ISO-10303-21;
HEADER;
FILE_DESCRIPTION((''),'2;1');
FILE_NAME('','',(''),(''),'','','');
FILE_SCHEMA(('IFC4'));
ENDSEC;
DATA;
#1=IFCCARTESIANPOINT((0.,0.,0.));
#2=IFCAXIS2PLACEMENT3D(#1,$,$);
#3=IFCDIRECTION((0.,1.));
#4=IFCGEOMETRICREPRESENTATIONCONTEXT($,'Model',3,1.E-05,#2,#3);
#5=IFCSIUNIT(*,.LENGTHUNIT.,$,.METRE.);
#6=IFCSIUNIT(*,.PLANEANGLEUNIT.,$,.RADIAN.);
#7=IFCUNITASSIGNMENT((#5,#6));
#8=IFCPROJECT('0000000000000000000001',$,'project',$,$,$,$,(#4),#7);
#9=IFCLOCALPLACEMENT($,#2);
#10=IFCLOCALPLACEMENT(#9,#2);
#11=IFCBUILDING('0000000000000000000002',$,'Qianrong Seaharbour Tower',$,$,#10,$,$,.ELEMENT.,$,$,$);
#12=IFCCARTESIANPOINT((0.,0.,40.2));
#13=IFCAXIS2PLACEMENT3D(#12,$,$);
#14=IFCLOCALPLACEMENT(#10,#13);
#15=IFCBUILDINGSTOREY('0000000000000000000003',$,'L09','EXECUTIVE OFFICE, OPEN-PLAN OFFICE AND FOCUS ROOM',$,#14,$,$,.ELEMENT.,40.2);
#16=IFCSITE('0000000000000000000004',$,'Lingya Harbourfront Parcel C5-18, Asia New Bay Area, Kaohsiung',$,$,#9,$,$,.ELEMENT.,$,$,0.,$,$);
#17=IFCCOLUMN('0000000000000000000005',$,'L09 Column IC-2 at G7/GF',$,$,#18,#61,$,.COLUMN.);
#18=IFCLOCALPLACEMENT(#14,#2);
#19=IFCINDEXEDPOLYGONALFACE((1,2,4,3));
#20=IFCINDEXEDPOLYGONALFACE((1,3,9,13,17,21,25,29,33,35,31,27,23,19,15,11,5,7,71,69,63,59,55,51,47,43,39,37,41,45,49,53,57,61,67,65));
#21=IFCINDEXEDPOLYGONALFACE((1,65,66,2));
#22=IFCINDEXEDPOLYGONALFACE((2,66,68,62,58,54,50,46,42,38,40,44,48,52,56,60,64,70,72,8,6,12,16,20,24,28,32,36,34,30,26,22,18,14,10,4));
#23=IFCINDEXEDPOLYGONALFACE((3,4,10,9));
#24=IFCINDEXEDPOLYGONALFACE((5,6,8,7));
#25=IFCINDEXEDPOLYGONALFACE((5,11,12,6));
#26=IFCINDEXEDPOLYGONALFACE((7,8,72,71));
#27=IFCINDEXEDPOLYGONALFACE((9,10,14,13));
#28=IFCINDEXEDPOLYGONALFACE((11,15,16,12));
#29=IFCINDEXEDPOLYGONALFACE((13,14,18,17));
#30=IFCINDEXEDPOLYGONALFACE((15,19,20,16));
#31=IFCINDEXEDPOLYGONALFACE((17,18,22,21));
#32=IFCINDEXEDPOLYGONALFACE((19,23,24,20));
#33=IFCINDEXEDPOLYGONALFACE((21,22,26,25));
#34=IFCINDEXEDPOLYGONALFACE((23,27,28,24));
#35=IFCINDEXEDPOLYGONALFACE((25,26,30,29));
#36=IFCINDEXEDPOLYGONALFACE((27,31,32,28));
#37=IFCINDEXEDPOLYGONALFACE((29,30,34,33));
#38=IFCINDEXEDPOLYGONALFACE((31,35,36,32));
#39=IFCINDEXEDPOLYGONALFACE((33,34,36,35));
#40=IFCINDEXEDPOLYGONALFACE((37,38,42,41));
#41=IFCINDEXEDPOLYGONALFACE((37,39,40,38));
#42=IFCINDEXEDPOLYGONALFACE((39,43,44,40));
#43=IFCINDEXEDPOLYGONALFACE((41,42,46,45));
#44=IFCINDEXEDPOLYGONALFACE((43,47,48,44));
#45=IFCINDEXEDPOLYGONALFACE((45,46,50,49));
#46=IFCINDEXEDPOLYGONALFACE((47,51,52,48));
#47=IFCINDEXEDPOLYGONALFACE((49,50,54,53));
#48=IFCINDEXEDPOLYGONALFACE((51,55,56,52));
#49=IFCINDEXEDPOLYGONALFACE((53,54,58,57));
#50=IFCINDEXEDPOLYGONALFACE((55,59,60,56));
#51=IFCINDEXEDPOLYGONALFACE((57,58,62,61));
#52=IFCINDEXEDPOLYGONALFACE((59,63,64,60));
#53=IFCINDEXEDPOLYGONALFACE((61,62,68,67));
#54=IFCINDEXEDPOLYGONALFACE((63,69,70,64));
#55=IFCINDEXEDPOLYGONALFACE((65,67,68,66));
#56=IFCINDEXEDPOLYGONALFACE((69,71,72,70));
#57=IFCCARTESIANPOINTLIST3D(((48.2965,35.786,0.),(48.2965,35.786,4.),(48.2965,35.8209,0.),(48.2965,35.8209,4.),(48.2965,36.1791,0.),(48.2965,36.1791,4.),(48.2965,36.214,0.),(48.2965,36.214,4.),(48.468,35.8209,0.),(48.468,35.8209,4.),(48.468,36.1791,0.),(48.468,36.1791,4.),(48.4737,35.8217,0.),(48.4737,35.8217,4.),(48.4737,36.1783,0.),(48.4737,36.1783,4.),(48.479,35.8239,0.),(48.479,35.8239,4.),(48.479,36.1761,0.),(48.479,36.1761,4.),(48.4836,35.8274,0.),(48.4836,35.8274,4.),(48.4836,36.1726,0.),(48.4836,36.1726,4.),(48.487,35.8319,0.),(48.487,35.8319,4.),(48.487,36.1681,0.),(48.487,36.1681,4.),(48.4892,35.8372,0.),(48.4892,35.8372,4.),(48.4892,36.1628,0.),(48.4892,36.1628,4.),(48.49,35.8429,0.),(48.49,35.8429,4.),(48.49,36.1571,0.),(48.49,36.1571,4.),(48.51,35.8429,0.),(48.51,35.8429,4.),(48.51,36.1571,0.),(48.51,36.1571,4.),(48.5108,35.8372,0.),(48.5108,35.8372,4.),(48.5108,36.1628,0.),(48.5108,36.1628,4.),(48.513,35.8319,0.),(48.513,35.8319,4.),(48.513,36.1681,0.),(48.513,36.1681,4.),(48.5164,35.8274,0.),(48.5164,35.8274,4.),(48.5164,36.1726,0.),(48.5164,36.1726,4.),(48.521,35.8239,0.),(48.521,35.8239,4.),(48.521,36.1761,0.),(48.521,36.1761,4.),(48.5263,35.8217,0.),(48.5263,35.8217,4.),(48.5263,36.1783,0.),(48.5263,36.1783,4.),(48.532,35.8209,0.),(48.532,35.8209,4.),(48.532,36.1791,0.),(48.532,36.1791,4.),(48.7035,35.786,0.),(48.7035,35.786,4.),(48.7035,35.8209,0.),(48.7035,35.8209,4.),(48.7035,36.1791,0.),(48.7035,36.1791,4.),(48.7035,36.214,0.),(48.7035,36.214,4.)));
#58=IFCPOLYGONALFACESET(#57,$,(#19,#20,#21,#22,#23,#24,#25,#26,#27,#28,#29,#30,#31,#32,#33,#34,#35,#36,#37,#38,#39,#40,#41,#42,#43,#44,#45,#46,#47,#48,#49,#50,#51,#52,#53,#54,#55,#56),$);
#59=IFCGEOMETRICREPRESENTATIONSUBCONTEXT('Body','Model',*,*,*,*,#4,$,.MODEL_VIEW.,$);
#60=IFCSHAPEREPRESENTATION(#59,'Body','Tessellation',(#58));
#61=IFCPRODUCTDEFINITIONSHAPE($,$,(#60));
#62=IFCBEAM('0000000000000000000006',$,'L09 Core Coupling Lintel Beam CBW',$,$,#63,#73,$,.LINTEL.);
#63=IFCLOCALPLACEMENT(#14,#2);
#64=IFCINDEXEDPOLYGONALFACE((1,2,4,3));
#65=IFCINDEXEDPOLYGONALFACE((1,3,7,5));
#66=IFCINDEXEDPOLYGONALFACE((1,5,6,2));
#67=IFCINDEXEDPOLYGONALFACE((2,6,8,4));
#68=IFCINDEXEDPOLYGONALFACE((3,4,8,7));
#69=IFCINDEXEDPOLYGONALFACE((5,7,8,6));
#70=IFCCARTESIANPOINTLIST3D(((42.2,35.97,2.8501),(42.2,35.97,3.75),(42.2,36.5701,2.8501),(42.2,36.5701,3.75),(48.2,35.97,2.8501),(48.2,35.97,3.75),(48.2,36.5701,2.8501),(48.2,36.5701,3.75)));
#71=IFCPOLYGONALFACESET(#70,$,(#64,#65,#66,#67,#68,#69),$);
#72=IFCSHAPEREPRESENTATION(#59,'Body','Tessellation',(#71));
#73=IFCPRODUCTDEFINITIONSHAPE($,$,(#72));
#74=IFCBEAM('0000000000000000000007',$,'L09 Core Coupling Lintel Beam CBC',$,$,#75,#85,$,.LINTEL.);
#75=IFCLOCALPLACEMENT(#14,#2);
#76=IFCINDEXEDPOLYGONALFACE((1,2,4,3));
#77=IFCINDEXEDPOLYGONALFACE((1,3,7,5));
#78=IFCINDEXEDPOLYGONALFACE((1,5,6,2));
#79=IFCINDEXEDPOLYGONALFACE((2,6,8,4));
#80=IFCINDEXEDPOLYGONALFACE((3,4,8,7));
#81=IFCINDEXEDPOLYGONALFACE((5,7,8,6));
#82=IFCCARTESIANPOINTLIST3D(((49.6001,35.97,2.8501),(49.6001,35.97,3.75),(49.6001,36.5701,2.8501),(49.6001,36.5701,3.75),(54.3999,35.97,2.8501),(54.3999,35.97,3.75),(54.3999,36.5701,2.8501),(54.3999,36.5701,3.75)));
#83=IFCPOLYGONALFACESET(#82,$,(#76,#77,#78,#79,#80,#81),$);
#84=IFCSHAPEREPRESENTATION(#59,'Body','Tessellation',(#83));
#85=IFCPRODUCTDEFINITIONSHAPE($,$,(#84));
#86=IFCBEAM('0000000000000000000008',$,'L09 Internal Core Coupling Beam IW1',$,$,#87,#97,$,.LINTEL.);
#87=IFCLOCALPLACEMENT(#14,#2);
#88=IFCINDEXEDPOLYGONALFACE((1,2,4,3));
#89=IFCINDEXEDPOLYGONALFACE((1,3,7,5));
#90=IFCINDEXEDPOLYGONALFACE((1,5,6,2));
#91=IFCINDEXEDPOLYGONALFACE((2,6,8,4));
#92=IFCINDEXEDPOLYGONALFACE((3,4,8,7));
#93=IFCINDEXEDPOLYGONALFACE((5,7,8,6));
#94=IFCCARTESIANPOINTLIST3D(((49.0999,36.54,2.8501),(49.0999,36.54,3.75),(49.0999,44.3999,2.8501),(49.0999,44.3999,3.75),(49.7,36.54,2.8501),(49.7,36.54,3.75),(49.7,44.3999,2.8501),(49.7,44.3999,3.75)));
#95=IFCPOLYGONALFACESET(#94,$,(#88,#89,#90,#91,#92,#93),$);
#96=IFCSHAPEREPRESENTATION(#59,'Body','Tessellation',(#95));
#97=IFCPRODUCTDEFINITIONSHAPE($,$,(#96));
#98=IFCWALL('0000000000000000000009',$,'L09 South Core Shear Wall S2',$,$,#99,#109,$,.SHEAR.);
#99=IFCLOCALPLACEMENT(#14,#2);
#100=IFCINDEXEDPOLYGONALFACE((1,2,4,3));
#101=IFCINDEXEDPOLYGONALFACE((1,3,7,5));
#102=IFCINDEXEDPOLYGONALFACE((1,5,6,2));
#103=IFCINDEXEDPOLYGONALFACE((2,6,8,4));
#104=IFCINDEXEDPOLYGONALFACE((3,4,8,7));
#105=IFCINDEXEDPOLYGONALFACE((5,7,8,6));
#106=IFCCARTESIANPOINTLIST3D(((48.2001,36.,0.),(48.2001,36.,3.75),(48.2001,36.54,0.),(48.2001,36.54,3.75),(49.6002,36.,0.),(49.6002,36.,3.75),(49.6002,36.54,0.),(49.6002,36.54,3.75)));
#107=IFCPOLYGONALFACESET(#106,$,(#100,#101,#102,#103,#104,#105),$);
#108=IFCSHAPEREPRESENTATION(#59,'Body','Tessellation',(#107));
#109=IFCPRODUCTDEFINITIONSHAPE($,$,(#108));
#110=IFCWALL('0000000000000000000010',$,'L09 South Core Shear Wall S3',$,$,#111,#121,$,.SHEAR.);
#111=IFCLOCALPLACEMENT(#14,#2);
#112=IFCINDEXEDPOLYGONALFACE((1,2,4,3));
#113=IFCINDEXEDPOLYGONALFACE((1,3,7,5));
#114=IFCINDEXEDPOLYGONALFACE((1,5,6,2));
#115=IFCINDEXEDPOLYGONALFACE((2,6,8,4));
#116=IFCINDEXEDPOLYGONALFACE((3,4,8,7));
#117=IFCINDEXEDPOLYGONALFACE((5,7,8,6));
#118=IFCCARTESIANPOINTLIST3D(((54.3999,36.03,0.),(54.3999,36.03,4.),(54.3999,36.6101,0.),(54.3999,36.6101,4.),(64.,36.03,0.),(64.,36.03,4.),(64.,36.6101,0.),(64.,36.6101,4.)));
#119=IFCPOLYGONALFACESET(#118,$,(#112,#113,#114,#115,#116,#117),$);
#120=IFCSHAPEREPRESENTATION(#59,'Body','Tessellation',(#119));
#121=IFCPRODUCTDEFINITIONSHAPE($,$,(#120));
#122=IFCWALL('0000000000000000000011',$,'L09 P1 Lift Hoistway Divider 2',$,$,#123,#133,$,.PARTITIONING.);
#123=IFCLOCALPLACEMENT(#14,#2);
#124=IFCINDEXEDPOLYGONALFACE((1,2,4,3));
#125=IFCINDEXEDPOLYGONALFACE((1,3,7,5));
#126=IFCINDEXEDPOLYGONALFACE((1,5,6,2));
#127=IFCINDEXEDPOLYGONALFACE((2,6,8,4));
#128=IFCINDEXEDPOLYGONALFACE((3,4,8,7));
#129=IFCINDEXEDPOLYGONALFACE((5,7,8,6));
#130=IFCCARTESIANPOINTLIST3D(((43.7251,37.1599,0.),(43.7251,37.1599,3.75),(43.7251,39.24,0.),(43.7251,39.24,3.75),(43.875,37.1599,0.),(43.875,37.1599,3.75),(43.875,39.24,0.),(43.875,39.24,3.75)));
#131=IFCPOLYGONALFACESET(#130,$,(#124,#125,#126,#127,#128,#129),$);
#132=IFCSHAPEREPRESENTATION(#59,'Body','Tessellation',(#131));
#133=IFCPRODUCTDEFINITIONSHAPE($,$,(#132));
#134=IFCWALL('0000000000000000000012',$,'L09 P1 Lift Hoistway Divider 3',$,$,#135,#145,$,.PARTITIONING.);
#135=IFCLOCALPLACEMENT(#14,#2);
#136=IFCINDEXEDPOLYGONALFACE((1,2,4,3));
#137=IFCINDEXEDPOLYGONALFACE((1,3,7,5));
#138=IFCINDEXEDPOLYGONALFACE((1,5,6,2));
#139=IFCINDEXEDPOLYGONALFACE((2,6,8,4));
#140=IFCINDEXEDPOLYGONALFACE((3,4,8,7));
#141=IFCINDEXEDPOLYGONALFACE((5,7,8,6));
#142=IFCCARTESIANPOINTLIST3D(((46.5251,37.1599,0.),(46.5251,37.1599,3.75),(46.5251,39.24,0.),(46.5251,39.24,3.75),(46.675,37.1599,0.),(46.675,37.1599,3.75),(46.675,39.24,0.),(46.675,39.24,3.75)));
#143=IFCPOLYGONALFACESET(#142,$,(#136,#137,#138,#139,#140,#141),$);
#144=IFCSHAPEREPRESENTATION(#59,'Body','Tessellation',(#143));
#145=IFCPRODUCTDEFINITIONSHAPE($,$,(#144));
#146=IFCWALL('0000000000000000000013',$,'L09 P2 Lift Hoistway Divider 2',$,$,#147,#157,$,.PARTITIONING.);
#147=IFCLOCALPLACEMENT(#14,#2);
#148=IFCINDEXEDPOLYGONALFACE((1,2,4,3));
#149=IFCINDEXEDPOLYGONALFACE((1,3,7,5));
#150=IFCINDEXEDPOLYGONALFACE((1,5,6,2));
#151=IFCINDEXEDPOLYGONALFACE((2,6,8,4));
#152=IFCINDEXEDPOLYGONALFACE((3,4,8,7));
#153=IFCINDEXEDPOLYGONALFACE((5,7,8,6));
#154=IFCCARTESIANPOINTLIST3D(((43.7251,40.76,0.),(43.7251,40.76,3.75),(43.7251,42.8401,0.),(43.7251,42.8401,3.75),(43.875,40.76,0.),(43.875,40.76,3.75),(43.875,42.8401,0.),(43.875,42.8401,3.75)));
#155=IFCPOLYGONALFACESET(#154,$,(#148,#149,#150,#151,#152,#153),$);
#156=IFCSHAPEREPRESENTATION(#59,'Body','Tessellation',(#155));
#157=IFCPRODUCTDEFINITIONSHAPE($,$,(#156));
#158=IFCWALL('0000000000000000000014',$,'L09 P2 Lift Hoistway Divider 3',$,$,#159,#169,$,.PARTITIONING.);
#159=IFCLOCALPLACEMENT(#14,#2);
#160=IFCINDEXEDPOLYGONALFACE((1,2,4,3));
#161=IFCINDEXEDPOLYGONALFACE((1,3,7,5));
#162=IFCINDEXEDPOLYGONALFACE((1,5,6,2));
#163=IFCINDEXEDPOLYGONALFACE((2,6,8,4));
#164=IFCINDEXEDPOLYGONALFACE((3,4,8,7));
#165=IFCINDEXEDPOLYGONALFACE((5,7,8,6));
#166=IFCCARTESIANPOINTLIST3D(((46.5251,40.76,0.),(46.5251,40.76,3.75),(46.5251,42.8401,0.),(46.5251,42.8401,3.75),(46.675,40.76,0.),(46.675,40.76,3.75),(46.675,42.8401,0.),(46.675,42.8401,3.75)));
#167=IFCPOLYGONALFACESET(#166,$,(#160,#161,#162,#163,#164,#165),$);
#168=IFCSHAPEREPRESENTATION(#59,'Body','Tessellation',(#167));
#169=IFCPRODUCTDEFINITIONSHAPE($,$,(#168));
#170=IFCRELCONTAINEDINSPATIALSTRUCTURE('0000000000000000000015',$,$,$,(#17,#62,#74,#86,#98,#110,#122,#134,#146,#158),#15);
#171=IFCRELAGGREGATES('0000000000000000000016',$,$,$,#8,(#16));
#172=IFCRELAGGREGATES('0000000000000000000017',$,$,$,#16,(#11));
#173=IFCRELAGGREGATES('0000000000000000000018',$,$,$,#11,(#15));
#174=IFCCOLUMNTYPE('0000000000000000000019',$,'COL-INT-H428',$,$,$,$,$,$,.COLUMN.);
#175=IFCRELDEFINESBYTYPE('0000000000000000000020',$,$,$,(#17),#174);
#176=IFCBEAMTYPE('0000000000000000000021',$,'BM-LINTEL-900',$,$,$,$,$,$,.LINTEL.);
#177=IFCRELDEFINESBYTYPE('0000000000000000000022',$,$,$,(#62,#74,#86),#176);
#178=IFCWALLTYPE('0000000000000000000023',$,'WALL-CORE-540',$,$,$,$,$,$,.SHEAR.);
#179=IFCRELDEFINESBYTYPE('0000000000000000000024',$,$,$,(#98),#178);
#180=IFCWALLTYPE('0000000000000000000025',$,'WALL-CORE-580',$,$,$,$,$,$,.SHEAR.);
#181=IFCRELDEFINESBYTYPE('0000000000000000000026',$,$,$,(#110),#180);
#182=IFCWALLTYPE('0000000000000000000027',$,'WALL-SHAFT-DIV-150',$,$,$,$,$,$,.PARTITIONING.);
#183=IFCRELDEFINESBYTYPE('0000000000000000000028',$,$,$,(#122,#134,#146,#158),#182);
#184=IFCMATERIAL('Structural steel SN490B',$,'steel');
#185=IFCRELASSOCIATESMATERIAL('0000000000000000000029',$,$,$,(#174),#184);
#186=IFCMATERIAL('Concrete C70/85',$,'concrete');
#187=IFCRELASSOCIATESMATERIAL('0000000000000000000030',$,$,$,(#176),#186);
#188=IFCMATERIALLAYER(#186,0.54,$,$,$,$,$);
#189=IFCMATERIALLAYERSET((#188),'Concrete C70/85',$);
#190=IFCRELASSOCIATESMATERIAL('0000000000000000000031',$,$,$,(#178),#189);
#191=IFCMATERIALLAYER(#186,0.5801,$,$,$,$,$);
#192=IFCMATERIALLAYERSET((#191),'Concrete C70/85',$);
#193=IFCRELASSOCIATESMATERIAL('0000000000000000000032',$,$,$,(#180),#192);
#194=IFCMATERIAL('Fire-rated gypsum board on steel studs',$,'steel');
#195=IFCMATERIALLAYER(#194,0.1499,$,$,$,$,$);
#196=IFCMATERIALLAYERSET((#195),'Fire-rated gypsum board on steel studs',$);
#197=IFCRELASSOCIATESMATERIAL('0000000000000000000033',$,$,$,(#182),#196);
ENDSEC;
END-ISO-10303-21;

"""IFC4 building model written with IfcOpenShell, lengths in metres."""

from ifc_helpers import new_model, si_unit, direction, frame, frame_2d, origin, origin_2d, place, context, subcontext, project, spatial, rectangle, i_section, extrude, material, layer, layer_set, material_profile, profile_set, type_object, element, save


model = new_model("IFC4")

# Units and contexts
model_context = context("Model", 3, precision=1e-05, world=origin(), true_north=direction((0.0, 1.0)))
body_context = subcontext(model_context, "Body", "Model", "MODEL_VIEW")
ifc_project = project(units=[si_unit("LENGTHUNIT", "METRE"), si_unit("PLANEANGLEUNIT", "RADIAN")], contexts=[model_context])

# Site, building, storey
site_placement = place(None, origin())
site = spatial("IfcSite", under=ifc_project, at=site_placement, Name="Lingya Harbourfront Parcel C5-18, Asia New Bay Area, Kaohsiung", CompositionType="ELEMENT", RefElevation=0.0)
building_placement = place(site_placement, origin())
building = spatial("IfcBuilding", under=site, at=building_placement, Name="Qianrong Seaharbour Tower", CompositionType="ELEMENT")
storey_placement = place(building_placement, frame((0.0, 0.0, 40.2)))
storey = spatial("IfcBuildingStorey", under=building, at=storey_placement, Name="L09", Description="EXECUTIVE OFFICE, OPEN-PLAN OFFICE AND FOCUS ROOM", CompositionType="ELEMENT", Elevation=40.2)

# Column
ifc_material_1 = material(Name="Structural steel SN490B", Category="steel")
ifc_material_profile_1 = material_profile(ifc_material_1, i_section(OverallWidth=0.407, OverallDepth=0.428, WebThickness=0.02, FlangeThickness=0.0349, FilletRadius=0.022, at=origin_2d()), Name="H428x407x20x35")
ifc_profile_set_1 = profile_set([ifc_material_profile_1], Name="Structural steel SN490B")
column_type = type_object("IfcColumnType", Name="COL-INT-H428", PredefinedType="COLUMN", material=ifc_profile_set_1)
column_placement = place(storey_placement, frame((48.5, 36.0, 0.0), z_axis=(0.0, 0.0, 1.0), x_axis=(1.0, 0.0, 0.0)))
element("IfcColumn", 1, at=column_placement, inside=storey, type_object=column_type, Name="L09 Column IC-2 at G7/GF", PredefinedType="COLUMN", context=body_context, shape_type="SweptSolid", body=[
    extrude(i_section(OverallWidth=0.407, OverallDepth=0.428, WebThickness=0.02, FlangeThickness=0.0349, FilletRadius=0.022, at=origin_2d()), origin(), (0.0, 0.0, 1.0), 4.0),
])

# Beams
ifc_material_2 = material(Name="Concrete C70/85", Category="concrete")
ifc_material_profile_2 = material_profile(ifc_material_2, rectangle(XDim=0.6001, YDim=0.8999, at=origin_2d()), Name="RC600x900")
ifc_profile_set_2 = profile_set([ifc_material_profile_2], Name="Concrete C70/85")
beam_type = type_object("IfcBeamType", Name="BM-LINTEL-900", PredefinedType="LINTEL", material=ifc_profile_set_2)
beam_1_placement = place(storey_placement, frame((42.2, 36.27, 3.3), z_axis=(1.0, 0.0, 0.0), x_axis=(0.0, 1.0, 0.0)))
element("IfcBeam", 2, at=beam_1_placement, inside=storey, type_object=beam_type, Name="L09 Core Coupling Lintel Beam CBW", PredefinedType="LINTEL", context=body_context, shape_type="SweptSolid", body=[
    extrude(rectangle(XDim=0.6001, YDim=0.8999, at=origin_2d()), origin(), (0.0, 0.0, 1.0), 6.0),
])
beam_2_placement = place(storey_placement, frame((49.6001, 36.27, 3.3), z_axis=(1.0, 0.0, 0.0), x_axis=(0.0, 1.0, 0.0)))
element("IfcBeam", 3, at=beam_2_placement, inside=storey, type_object=beam_type, Name="L09 Core Coupling Lintel Beam CBC", PredefinedType="LINTEL", context=body_context, shape_type="SweptSolid", body=[
    extrude(rectangle(XDim=0.6001, YDim=0.8999, at=origin_2d()), origin(), (0.0, 0.0, 1.0), 4.7998),
])
beam_3_placement = place(storey_placement, frame((49.3999, 36.54, 3.3), z_axis=(0.0, 1.0, 0.0), x_axis=(-1.0, 0.0, 0.0)))
element("IfcBeam", 4, at=beam_3_placement, inside=storey, type_object=beam_type, Name="L09 Internal Core Coupling Beam IW1", PredefinedType="LINTEL", context=body_context, shape_type="SweptSolid", body=[
    extrude(rectangle(XDim=0.6001, YDim=0.8999, at=origin_2d()), origin(), (0.0, 0.0, 1.0), 7.8599),
])

# Walls
ifc_layer_1 = layer(ifc_material_2, 0.54)
ifc_layer_set_1 = layer_set([ifc_layer_1], Name="Concrete C70/85")
wall_type_1 = type_object("IfcWallType", Name="WALL-CORE-540", PredefinedType="SHEAR", material=ifc_layer_set_1)
wall_1_placement = place(storey_placement, frame((48.2, 36.27, 0.0), z_axis=(0.0, 0.0, 1.0), x_axis=(1.0, 0.0, 0.0)))
element("IfcWall", 5, at=wall_1_placement, inside=storey, type_object=wall_type_1, Name="L09 South Core Shear Wall S2", PredefinedType="SHEAR", context=body_context, shape_type="SweptSolid", body=[
    extrude(rectangle(XDim=1.4001, YDim=0.54, at=frame_2d((0.7002, 0.0))), origin(), (0.0, 0.0, 1.0), 3.75),
])
ifc_layer_2 = layer(ifc_material_2, 0.5801)
ifc_layer_set_2 = layer_set([ifc_layer_2], Name="Concrete C70/85")
wall_type_2 = type_object("IfcWallType", Name="WALL-CORE-580", PredefinedType="SHEAR", material=ifc_layer_set_2)
wall_2_placement = place(storey_placement, frame((54.3999, 36.3201, 0.0), z_axis=(0.0, 0.0, 1.0), x_axis=(1.0, 0.0, 0.0)))
element("IfcWall", 6, at=wall_2_placement, inside=storey, type_object=wall_type_2, Name="L09 South Core Shear Wall S3", PredefinedType="SHEAR", context=body_context, shape_type="SweptSolid", body=[
    extrude(rectangle(XDim=9.6001, YDim=0.5801, at=frame_2d((4.8, 0.0))), origin(), (0.0, 0.0, 1.0), 4.0),
])
ifc_material_3 = material(Name="Fire-rated gypsum board on steel studs", Category="steel")
ifc_layer_3 = layer(ifc_material_3, 0.1499)
ifc_layer_set_3 = layer_set([ifc_layer_3], Name="Fire-rated gypsum board on steel studs")
wall_type_3 = type_object("IfcWallType", Name="WALL-SHAFT-DIV-150", PredefinedType="PARTITIONING", material=ifc_layer_set_3)
for number, where, z_axis, x_axis, name in (
    (7, (43.8, 37.1599, 0.0), (0.0, 0.0, 1.0), (0.0, 1.0, 0.0), "L09 P1 Lift Hoistway Divider 2"),
    (8, (46.6001, 37.1599, 0.0), (0.0, 0.0, 1.0), (0.0, 1.0, 0.0), "L09 P1 Lift Hoistway Divider 3"),
    (9, (43.8, 40.76, 0.0), (0.0, 0.0, 1.0), (0.0, 1.0, 0.0), "L09 P2 Lift Hoistway Divider 2"),
    (10, (46.6001, 40.76, 0.0), (0.0, 0.0, 1.0), (0.0, 1.0, 0.0), "L09 P2 Lift Hoistway Divider 3"),
):
    element("IfcWall", number, at=place(storey_placement, frame(where, z_axis=z_axis, x_axis=x_axis)), inside=storey, type_object=wall_type_3, Name=name, PredefinedType="PARTITIONING", context=body_context, shape_type="SweptSolid", body=[
        extrude(rectangle(XDim=2.0801, YDim=0.1499, at=frame_2d((1.04, 0.0))), origin(), (0.0, 0.0, 1.0), 3.75),
    ])

save(model, "model.ifc")
